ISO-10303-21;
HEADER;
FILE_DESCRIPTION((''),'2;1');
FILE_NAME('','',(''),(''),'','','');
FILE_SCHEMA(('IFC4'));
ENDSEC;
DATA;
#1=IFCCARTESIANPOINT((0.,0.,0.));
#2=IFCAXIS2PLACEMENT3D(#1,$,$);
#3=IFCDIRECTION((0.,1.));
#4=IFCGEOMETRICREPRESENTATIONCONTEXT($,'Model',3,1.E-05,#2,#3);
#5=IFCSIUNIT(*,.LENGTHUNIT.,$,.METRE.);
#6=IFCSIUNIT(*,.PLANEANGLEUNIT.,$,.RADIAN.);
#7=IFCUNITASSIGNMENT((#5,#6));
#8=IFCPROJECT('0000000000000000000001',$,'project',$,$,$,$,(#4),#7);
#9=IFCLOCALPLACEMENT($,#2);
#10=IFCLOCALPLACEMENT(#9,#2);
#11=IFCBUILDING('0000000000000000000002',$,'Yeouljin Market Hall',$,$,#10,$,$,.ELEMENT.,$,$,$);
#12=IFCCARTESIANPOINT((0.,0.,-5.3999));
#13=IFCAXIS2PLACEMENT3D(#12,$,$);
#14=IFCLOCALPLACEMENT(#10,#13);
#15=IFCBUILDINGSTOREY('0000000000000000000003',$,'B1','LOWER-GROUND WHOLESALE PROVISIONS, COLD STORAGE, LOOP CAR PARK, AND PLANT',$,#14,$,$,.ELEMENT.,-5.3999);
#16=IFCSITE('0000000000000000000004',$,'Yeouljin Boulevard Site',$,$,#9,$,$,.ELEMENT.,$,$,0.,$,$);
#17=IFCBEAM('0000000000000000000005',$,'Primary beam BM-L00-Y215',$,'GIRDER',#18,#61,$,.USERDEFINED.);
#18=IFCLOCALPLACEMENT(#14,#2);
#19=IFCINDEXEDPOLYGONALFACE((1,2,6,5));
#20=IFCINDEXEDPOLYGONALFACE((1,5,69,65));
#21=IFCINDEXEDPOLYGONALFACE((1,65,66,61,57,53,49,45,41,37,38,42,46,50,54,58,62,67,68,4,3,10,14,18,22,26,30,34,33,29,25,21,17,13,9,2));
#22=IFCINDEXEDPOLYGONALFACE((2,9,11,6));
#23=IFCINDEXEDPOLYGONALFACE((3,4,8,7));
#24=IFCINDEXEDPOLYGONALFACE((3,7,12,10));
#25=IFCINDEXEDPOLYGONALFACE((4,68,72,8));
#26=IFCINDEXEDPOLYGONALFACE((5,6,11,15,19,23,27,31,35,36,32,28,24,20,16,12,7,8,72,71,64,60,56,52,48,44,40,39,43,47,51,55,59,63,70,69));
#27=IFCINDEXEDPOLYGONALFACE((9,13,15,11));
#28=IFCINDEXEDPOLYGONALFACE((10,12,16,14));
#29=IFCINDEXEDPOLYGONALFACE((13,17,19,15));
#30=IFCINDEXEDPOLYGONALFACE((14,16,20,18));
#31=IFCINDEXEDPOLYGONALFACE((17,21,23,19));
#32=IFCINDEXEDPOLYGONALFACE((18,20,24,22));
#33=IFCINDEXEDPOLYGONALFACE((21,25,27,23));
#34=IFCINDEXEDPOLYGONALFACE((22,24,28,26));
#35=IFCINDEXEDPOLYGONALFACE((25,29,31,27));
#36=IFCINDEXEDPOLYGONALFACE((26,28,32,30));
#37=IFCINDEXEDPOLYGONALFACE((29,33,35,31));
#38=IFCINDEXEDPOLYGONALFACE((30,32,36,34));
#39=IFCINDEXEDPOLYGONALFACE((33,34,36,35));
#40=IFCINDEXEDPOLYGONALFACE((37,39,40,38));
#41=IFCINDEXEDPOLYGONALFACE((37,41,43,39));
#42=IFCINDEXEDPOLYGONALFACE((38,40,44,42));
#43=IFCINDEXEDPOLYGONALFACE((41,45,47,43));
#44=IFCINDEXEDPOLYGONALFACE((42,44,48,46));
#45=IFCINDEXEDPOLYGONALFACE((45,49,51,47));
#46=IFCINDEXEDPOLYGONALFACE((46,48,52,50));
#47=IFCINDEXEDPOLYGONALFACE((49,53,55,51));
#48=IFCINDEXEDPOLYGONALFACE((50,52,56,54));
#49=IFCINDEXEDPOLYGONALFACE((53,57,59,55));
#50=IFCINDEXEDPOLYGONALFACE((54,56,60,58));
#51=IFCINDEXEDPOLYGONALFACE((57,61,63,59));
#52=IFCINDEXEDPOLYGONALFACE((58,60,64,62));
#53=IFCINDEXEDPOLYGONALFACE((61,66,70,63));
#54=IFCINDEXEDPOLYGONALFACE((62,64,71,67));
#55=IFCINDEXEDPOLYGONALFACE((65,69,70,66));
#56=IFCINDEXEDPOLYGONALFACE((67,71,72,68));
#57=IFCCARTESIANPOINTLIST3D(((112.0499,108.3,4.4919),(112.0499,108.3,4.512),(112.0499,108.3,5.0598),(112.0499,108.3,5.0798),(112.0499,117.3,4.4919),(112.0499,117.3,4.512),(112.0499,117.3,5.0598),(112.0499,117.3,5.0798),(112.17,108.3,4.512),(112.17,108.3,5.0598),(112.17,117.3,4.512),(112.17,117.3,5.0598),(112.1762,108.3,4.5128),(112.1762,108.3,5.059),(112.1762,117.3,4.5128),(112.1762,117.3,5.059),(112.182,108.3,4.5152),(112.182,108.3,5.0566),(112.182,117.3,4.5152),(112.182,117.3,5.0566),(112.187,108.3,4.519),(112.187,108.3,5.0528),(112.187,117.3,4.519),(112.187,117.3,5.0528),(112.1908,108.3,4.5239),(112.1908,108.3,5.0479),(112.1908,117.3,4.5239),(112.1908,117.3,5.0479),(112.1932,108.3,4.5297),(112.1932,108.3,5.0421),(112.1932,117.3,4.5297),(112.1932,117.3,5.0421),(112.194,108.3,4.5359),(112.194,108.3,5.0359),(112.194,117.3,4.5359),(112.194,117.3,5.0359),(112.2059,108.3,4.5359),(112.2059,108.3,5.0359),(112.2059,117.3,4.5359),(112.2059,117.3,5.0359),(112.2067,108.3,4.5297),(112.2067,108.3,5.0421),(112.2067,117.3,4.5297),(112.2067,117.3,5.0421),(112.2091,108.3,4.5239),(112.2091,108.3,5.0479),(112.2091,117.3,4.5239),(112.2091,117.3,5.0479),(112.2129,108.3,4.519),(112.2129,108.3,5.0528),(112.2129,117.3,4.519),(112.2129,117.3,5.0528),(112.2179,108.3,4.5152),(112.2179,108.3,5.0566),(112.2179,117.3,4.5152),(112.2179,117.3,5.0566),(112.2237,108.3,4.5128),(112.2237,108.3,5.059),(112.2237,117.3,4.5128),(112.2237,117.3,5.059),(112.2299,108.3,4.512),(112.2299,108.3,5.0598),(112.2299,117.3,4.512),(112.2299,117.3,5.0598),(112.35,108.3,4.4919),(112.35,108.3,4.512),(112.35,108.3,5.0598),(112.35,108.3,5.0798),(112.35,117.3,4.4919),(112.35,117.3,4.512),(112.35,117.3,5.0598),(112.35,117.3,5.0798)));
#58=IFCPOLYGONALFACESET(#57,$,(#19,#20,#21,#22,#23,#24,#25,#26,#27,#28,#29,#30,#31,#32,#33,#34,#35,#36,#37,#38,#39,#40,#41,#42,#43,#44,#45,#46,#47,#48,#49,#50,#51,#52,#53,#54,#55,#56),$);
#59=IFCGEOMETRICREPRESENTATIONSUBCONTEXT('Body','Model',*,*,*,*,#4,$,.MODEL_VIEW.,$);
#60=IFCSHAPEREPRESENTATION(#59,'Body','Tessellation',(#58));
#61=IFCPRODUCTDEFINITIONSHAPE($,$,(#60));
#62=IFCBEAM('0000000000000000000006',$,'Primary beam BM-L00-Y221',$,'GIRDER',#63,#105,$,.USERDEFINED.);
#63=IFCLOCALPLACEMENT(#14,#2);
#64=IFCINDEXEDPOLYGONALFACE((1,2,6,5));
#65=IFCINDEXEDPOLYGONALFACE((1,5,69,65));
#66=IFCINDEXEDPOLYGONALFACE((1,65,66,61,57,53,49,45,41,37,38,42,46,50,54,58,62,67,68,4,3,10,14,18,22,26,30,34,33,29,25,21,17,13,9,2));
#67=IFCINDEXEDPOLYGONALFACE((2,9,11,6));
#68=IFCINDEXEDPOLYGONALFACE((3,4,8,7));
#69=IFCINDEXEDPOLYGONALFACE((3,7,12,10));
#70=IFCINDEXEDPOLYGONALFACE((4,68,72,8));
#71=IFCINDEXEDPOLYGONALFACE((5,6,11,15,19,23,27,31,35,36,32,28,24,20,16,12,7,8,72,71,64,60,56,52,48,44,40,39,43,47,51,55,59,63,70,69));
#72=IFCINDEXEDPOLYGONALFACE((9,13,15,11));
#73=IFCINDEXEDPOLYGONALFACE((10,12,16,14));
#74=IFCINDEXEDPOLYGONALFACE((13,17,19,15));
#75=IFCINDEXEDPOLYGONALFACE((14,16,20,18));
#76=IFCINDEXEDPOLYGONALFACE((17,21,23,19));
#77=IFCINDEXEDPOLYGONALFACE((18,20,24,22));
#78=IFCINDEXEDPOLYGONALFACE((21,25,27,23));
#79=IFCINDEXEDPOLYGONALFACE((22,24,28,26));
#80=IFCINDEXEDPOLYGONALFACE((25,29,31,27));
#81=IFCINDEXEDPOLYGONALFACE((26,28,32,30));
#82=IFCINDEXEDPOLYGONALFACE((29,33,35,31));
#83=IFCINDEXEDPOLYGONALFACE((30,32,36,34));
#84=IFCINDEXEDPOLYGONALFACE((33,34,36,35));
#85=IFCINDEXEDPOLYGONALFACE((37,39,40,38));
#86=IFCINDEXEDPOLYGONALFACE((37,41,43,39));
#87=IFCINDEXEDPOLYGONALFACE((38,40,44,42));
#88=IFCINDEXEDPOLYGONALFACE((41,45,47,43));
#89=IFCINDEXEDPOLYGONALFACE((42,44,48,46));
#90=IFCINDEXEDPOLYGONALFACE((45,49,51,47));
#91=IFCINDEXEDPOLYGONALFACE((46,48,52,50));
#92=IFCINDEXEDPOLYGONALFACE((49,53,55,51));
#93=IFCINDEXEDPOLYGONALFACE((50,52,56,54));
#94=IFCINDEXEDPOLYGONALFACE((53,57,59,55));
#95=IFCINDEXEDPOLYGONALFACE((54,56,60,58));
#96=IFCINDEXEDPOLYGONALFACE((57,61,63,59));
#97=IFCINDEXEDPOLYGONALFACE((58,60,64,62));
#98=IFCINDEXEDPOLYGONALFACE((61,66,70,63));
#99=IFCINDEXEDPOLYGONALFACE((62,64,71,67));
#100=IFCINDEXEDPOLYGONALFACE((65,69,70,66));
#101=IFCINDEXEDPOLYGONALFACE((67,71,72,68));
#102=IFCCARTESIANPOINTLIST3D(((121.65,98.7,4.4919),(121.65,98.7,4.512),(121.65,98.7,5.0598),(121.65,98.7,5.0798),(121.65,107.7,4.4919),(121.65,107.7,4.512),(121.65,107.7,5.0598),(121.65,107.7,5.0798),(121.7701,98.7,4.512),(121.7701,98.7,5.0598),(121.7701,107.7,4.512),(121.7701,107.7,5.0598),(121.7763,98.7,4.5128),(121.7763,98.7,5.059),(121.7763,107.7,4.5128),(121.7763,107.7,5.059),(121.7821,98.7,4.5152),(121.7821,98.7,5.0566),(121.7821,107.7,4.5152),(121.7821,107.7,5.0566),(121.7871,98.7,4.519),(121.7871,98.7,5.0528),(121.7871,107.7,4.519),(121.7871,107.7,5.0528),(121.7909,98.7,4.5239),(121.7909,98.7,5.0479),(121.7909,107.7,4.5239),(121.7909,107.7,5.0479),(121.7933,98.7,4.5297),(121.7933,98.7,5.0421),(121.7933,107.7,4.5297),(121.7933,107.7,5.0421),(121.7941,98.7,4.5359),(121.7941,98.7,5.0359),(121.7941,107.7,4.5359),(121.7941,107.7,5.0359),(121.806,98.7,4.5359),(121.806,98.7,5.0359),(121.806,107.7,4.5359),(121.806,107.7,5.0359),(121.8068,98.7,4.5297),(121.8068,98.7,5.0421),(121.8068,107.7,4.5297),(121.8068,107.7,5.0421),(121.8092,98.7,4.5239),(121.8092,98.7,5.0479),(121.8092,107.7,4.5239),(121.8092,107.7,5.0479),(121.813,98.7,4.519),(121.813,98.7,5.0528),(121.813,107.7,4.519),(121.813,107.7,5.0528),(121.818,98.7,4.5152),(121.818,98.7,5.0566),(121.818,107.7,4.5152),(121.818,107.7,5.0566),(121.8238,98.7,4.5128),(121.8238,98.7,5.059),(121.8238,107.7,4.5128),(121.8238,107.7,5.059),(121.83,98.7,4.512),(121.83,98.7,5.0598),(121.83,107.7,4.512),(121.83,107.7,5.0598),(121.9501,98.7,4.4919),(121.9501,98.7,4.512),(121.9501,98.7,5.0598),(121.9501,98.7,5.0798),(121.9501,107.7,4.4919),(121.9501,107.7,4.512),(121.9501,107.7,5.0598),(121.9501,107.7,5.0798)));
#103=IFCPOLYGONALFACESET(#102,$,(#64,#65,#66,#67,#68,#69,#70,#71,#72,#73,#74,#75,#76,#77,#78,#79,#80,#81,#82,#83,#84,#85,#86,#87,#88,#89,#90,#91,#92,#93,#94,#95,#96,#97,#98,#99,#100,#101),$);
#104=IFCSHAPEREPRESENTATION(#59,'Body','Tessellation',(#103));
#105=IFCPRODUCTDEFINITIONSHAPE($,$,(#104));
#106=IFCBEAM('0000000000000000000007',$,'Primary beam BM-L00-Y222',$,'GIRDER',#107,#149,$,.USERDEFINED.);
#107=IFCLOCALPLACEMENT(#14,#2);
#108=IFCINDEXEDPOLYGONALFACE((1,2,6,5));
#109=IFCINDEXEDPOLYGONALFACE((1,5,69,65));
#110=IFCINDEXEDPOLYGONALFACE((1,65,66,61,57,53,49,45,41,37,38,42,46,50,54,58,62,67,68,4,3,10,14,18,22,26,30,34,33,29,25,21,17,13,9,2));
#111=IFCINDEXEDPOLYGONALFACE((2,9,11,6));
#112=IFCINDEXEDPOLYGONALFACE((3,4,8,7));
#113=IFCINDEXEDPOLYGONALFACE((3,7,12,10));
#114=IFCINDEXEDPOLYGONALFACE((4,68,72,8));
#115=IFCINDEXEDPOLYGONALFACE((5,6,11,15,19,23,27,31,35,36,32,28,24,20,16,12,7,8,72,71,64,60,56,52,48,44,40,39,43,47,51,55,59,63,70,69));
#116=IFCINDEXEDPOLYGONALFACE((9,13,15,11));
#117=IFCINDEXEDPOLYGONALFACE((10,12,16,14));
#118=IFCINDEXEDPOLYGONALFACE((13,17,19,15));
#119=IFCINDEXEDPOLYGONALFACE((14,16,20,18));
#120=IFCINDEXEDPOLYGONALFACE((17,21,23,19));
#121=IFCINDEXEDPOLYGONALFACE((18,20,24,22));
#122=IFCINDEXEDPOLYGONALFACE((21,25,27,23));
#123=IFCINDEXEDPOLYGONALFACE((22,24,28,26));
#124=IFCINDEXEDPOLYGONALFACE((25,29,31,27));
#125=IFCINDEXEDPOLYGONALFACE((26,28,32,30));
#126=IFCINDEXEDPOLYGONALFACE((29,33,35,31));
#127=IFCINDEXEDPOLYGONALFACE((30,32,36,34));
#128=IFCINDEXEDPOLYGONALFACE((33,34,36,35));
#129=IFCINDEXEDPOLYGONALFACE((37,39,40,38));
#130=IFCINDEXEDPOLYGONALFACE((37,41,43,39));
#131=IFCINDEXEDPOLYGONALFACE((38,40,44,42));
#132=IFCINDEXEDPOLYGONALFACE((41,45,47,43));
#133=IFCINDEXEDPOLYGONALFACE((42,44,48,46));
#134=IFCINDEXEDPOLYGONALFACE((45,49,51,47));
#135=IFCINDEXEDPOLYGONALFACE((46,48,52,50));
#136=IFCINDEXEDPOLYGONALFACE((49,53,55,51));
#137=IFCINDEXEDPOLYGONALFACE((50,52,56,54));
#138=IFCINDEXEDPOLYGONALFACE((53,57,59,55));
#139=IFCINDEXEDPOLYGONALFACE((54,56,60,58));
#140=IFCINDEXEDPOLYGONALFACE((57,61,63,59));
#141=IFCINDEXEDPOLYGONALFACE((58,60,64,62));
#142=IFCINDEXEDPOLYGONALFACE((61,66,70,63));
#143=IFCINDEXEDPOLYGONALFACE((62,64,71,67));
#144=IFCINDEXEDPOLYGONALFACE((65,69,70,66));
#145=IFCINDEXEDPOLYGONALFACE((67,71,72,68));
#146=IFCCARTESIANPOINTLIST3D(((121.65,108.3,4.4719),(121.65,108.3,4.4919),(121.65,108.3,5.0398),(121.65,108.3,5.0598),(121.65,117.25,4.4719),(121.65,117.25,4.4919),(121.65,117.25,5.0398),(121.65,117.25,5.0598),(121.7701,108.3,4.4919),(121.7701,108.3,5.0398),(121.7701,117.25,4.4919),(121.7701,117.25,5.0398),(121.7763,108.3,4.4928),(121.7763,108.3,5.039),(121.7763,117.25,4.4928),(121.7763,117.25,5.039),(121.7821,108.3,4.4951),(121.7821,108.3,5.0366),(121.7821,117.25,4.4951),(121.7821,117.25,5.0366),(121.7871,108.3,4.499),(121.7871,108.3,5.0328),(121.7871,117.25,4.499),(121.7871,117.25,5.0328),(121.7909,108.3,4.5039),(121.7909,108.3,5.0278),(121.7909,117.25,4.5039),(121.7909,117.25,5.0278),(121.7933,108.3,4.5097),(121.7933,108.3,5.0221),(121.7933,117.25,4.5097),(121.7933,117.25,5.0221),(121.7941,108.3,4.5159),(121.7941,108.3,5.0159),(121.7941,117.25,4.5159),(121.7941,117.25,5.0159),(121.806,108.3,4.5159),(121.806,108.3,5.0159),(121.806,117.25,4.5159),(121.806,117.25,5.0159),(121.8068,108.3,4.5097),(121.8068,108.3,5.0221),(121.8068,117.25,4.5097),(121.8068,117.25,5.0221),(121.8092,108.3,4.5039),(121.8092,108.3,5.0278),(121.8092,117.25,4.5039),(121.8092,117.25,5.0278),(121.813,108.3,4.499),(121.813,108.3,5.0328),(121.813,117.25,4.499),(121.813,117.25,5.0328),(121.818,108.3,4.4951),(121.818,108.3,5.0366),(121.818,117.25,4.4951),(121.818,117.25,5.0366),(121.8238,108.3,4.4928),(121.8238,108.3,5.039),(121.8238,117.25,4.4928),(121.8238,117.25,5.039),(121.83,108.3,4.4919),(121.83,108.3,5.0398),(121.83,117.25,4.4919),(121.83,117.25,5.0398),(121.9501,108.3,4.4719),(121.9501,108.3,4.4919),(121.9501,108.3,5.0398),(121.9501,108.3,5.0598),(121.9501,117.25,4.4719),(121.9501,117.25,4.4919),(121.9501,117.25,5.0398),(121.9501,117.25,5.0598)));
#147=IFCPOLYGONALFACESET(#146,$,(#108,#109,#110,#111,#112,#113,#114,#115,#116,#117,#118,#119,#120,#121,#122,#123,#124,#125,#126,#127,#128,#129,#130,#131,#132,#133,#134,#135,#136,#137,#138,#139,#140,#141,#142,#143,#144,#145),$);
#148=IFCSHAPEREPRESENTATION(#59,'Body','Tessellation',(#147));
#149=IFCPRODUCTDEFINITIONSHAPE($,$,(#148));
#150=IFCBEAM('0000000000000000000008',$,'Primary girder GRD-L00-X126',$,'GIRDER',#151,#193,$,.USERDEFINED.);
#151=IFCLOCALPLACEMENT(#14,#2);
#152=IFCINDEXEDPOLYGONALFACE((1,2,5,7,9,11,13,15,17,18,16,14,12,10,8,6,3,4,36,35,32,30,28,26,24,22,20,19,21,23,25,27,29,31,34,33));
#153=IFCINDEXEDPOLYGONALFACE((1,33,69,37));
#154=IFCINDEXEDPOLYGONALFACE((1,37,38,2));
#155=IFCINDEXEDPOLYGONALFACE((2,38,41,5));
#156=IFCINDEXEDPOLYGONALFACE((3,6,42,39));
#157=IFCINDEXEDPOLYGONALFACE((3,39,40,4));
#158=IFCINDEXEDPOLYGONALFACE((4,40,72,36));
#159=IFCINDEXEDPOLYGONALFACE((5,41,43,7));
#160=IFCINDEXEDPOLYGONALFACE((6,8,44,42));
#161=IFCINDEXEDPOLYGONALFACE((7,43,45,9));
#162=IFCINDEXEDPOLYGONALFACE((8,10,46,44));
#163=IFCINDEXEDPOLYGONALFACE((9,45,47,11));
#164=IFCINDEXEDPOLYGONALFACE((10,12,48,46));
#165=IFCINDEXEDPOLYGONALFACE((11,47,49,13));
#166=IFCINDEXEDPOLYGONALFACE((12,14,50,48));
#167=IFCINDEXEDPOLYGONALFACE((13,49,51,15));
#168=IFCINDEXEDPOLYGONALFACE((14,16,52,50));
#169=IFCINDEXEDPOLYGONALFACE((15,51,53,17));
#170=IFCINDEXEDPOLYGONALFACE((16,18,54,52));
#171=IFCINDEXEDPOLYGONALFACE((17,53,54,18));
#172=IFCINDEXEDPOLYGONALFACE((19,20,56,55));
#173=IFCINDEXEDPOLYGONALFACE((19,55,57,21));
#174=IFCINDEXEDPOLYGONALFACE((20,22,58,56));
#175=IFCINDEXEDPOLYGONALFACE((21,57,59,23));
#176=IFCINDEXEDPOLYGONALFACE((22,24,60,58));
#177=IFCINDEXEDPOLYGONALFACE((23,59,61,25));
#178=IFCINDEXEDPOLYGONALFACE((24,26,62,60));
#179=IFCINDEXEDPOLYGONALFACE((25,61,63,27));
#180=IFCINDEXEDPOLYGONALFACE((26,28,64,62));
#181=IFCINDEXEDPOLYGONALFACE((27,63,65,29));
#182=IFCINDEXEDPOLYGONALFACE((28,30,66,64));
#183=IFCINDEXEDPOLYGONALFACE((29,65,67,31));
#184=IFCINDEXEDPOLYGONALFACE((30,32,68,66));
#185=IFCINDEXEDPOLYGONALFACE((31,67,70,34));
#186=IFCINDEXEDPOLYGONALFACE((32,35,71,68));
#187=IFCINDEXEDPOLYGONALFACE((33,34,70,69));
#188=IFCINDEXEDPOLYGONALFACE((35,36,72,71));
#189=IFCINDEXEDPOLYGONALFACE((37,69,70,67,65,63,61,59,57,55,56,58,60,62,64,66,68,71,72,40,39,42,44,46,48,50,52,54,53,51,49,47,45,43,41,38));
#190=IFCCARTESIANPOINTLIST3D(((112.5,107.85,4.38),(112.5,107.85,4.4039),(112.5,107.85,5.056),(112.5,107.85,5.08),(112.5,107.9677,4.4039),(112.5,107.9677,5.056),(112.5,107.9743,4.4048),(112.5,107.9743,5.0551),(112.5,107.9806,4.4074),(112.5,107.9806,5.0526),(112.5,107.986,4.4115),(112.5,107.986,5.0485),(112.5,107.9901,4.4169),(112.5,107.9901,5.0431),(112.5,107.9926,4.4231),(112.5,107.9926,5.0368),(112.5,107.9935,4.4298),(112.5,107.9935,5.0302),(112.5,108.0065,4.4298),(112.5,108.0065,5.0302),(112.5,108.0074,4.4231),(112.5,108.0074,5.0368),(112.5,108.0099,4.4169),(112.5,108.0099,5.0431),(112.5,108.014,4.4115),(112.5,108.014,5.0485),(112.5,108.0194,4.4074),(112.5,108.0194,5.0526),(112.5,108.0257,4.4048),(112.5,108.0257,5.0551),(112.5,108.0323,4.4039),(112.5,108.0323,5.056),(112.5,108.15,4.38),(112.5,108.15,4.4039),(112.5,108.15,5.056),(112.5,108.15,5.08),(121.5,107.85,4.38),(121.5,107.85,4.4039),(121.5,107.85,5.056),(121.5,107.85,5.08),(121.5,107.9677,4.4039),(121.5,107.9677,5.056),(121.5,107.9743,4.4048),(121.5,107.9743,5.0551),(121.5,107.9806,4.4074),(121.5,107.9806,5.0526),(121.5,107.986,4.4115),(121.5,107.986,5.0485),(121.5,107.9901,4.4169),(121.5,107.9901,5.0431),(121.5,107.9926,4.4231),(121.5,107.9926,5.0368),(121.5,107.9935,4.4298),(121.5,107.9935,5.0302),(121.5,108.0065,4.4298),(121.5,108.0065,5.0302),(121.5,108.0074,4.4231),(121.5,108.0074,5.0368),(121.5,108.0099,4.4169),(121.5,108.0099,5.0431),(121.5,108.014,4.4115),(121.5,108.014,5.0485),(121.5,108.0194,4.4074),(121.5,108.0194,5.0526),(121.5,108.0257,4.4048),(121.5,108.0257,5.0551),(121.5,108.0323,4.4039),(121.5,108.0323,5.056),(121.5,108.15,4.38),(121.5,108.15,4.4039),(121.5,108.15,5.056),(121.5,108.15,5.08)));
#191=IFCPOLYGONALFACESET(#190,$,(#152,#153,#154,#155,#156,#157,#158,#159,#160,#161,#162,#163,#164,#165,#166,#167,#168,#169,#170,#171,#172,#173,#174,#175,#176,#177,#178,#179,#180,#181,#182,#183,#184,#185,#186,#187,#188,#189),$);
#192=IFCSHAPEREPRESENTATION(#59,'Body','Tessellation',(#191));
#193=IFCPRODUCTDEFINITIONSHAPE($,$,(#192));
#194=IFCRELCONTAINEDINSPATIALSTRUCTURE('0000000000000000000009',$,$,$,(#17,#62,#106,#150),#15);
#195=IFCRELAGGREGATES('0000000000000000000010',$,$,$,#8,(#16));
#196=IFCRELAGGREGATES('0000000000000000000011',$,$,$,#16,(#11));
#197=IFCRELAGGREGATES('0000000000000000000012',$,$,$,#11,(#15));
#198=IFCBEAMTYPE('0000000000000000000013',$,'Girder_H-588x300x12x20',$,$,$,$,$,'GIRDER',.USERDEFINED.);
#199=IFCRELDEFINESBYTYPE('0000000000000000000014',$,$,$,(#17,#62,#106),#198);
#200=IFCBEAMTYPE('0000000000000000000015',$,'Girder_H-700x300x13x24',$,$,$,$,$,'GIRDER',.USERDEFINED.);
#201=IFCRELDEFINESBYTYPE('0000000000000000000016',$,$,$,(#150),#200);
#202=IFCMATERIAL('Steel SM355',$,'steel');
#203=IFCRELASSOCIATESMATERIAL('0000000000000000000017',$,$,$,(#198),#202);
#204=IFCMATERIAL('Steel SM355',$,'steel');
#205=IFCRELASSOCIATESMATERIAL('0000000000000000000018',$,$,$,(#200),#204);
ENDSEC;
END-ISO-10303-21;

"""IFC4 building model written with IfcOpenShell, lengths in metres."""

from ifc_helpers import new_model, si_unit, direction, frame, origin, origin_2d, place, context, subcontext, project, spatial, i_section, extrude, material, material_profile, profile_set, type_object, element, save


model = new_model("IFC4")

# Units and contexts
model_context = context("Model", 3, precision=1e-05, world=origin(), true_north=direction((0.0, 1.0)))
body_context = subcontext(model_context, "Body", "Model", "MODEL_VIEW")
ifc_project = project(units=[si_unit("LENGTHUNIT", "METRE"), si_unit("PLANEANGLEUNIT", "RADIAN")], contexts=[model_context])

# Site, building, storey
site_placement = place(None, origin())
site = spatial("IfcSite", under=ifc_project, at=site_placement, Name="Yeouljin Boulevard Site", CompositionType="ELEMENT", RefElevation=0.0)
building_placement = place(site_placement, origin())
building = spatial("IfcBuilding", under=site, at=building_placement, Name="Yeouljin Market Hall", CompositionType="ELEMENT")
storey_placement = place(building_placement, frame((0.0, 0.0, -5.3999)))
storey = spatial("IfcBuildingStorey", under=building, at=storey_placement, Name="B1", Description="LOWER-GROUND WHOLESALE PROVISIONS, COLD STORAGE, LOOP CAR PARK, AND PLANT", CompositionType="ELEMENT", Elevation=-5.3999)

# Beams
ifc_material_1 = material(Name="Steel SM355", Category="steel")
ifc_material_profile_1 = material_profile(ifc_material_1, i_section(OverallWidth=0.3, OverallDepth=0.5879, WebThickness=0.012, FlangeThickness=0.02, FilletRadius=0.0239, at=origin_2d()), Name="H-588x300x12x20")
ifc_profile_set_1 = profile_set([ifc_material_profile_1], Name="Steel SM355")
beam_type_1 = type_object("IfcBeamType", Name="Girder_H-588x300x12x20", ElementType="GIRDER", PredefinedType="USERDEFINED", material=ifc_profile_set_1)
for number, where, z_axis, x_axis, name in (
    (1, (112.2, 108.3, 4.7859), (0.0, 1.0, 0.0), (-1.0, 0.0, 0.0), "Primary beam BM-L00-Y215"),
    (2, (121.8, 98.7, 4.7859), (0.0, 1.0, 0.0), (-1.0, 0.0, 0.0), "Primary beam BM-L00-Y221"),
):
    element("IfcBeam", number, at=place(storey_placement, frame(where, z_axis=z_axis, x_axis=x_axis)), inside=storey, type_object=beam_type_1, Name=name, ObjectType="GIRDER", PredefinedType="USERDEFINED", context=body_context, shape_type="SweptSolid", body=[
        extrude(i_section(OverallWidth=0.3, OverallDepth=0.5879, WebThickness=0.012, FlangeThickness=0.02, FilletRadius=0.0239, at=origin_2d()), origin(), (0.0, 0.0, 1.0), 9.0),
    ])
beam_1_placement = place(storey_placement, frame((121.8, 108.3, 4.7659), z_axis=(0.0, 1.0, 0.0), x_axis=(-1.0, 0.0, 0.0)))
element("IfcBeam", 3, at=beam_1_placement, inside=storey, type_object=beam_type_1, Name="Primary beam BM-L00-Y222", ObjectType="GIRDER", PredefinedType="USERDEFINED", context=body_context, shape_type="SweptSolid", body=[
    extrude(i_section(OverallWidth=0.3, OverallDepth=0.5879, WebThickness=0.012, FlangeThickness=0.02, FilletRadius=0.0239, at=origin_2d()), origin(), (0.0, 0.0, 1.0), 8.95),
])
ifc_material_2 = material(Name="Steel SM355", Category="steel")
ifc_material_profile_2 = material_profile(ifc_material_2, i_section(OverallWidth=0.3, OverallDepth=0.7, WebThickness=0.0129, FlangeThickness=0.0239, FilletRadius=0.0259, at=origin_2d()), Name="H-700x300x13x24")
ifc_profile_set_2 = profile_set([ifc_material_profile_2], Name="Steel SM355")
beam_type_2 = type_object("IfcBeamType", Name="Girder_H-700x300x13x24", ElementType="GIRDER", PredefinedType="USERDEFINED", material=ifc_profile_set_2)
beam_2_placement = place(storey_placement, frame((112.5, 108.0, 4.73), z_axis=(1.0, 0.0, 0.0), x_axis=(0.0, 1.0, 0.0)))
element("IfcBeam", 4, at=beam_2_placement, inside=storey, type_object=beam_type_2, Name="Primary girder GRD-L00-X126", ObjectType="GIRDER", PredefinedType="USERDEFINED", context=body_context, shape_type="SweptSolid", body=[
    extrude(i_section(OverallWidth=0.3, OverallDepth=0.7, WebThickness=0.0129, FlangeThickness=0.0239, FilletRadius=0.0259, at=origin_2d()), origin(), (0.0, 0.0, 1.0), 9.0),
])

save(model, "model.ifc")
